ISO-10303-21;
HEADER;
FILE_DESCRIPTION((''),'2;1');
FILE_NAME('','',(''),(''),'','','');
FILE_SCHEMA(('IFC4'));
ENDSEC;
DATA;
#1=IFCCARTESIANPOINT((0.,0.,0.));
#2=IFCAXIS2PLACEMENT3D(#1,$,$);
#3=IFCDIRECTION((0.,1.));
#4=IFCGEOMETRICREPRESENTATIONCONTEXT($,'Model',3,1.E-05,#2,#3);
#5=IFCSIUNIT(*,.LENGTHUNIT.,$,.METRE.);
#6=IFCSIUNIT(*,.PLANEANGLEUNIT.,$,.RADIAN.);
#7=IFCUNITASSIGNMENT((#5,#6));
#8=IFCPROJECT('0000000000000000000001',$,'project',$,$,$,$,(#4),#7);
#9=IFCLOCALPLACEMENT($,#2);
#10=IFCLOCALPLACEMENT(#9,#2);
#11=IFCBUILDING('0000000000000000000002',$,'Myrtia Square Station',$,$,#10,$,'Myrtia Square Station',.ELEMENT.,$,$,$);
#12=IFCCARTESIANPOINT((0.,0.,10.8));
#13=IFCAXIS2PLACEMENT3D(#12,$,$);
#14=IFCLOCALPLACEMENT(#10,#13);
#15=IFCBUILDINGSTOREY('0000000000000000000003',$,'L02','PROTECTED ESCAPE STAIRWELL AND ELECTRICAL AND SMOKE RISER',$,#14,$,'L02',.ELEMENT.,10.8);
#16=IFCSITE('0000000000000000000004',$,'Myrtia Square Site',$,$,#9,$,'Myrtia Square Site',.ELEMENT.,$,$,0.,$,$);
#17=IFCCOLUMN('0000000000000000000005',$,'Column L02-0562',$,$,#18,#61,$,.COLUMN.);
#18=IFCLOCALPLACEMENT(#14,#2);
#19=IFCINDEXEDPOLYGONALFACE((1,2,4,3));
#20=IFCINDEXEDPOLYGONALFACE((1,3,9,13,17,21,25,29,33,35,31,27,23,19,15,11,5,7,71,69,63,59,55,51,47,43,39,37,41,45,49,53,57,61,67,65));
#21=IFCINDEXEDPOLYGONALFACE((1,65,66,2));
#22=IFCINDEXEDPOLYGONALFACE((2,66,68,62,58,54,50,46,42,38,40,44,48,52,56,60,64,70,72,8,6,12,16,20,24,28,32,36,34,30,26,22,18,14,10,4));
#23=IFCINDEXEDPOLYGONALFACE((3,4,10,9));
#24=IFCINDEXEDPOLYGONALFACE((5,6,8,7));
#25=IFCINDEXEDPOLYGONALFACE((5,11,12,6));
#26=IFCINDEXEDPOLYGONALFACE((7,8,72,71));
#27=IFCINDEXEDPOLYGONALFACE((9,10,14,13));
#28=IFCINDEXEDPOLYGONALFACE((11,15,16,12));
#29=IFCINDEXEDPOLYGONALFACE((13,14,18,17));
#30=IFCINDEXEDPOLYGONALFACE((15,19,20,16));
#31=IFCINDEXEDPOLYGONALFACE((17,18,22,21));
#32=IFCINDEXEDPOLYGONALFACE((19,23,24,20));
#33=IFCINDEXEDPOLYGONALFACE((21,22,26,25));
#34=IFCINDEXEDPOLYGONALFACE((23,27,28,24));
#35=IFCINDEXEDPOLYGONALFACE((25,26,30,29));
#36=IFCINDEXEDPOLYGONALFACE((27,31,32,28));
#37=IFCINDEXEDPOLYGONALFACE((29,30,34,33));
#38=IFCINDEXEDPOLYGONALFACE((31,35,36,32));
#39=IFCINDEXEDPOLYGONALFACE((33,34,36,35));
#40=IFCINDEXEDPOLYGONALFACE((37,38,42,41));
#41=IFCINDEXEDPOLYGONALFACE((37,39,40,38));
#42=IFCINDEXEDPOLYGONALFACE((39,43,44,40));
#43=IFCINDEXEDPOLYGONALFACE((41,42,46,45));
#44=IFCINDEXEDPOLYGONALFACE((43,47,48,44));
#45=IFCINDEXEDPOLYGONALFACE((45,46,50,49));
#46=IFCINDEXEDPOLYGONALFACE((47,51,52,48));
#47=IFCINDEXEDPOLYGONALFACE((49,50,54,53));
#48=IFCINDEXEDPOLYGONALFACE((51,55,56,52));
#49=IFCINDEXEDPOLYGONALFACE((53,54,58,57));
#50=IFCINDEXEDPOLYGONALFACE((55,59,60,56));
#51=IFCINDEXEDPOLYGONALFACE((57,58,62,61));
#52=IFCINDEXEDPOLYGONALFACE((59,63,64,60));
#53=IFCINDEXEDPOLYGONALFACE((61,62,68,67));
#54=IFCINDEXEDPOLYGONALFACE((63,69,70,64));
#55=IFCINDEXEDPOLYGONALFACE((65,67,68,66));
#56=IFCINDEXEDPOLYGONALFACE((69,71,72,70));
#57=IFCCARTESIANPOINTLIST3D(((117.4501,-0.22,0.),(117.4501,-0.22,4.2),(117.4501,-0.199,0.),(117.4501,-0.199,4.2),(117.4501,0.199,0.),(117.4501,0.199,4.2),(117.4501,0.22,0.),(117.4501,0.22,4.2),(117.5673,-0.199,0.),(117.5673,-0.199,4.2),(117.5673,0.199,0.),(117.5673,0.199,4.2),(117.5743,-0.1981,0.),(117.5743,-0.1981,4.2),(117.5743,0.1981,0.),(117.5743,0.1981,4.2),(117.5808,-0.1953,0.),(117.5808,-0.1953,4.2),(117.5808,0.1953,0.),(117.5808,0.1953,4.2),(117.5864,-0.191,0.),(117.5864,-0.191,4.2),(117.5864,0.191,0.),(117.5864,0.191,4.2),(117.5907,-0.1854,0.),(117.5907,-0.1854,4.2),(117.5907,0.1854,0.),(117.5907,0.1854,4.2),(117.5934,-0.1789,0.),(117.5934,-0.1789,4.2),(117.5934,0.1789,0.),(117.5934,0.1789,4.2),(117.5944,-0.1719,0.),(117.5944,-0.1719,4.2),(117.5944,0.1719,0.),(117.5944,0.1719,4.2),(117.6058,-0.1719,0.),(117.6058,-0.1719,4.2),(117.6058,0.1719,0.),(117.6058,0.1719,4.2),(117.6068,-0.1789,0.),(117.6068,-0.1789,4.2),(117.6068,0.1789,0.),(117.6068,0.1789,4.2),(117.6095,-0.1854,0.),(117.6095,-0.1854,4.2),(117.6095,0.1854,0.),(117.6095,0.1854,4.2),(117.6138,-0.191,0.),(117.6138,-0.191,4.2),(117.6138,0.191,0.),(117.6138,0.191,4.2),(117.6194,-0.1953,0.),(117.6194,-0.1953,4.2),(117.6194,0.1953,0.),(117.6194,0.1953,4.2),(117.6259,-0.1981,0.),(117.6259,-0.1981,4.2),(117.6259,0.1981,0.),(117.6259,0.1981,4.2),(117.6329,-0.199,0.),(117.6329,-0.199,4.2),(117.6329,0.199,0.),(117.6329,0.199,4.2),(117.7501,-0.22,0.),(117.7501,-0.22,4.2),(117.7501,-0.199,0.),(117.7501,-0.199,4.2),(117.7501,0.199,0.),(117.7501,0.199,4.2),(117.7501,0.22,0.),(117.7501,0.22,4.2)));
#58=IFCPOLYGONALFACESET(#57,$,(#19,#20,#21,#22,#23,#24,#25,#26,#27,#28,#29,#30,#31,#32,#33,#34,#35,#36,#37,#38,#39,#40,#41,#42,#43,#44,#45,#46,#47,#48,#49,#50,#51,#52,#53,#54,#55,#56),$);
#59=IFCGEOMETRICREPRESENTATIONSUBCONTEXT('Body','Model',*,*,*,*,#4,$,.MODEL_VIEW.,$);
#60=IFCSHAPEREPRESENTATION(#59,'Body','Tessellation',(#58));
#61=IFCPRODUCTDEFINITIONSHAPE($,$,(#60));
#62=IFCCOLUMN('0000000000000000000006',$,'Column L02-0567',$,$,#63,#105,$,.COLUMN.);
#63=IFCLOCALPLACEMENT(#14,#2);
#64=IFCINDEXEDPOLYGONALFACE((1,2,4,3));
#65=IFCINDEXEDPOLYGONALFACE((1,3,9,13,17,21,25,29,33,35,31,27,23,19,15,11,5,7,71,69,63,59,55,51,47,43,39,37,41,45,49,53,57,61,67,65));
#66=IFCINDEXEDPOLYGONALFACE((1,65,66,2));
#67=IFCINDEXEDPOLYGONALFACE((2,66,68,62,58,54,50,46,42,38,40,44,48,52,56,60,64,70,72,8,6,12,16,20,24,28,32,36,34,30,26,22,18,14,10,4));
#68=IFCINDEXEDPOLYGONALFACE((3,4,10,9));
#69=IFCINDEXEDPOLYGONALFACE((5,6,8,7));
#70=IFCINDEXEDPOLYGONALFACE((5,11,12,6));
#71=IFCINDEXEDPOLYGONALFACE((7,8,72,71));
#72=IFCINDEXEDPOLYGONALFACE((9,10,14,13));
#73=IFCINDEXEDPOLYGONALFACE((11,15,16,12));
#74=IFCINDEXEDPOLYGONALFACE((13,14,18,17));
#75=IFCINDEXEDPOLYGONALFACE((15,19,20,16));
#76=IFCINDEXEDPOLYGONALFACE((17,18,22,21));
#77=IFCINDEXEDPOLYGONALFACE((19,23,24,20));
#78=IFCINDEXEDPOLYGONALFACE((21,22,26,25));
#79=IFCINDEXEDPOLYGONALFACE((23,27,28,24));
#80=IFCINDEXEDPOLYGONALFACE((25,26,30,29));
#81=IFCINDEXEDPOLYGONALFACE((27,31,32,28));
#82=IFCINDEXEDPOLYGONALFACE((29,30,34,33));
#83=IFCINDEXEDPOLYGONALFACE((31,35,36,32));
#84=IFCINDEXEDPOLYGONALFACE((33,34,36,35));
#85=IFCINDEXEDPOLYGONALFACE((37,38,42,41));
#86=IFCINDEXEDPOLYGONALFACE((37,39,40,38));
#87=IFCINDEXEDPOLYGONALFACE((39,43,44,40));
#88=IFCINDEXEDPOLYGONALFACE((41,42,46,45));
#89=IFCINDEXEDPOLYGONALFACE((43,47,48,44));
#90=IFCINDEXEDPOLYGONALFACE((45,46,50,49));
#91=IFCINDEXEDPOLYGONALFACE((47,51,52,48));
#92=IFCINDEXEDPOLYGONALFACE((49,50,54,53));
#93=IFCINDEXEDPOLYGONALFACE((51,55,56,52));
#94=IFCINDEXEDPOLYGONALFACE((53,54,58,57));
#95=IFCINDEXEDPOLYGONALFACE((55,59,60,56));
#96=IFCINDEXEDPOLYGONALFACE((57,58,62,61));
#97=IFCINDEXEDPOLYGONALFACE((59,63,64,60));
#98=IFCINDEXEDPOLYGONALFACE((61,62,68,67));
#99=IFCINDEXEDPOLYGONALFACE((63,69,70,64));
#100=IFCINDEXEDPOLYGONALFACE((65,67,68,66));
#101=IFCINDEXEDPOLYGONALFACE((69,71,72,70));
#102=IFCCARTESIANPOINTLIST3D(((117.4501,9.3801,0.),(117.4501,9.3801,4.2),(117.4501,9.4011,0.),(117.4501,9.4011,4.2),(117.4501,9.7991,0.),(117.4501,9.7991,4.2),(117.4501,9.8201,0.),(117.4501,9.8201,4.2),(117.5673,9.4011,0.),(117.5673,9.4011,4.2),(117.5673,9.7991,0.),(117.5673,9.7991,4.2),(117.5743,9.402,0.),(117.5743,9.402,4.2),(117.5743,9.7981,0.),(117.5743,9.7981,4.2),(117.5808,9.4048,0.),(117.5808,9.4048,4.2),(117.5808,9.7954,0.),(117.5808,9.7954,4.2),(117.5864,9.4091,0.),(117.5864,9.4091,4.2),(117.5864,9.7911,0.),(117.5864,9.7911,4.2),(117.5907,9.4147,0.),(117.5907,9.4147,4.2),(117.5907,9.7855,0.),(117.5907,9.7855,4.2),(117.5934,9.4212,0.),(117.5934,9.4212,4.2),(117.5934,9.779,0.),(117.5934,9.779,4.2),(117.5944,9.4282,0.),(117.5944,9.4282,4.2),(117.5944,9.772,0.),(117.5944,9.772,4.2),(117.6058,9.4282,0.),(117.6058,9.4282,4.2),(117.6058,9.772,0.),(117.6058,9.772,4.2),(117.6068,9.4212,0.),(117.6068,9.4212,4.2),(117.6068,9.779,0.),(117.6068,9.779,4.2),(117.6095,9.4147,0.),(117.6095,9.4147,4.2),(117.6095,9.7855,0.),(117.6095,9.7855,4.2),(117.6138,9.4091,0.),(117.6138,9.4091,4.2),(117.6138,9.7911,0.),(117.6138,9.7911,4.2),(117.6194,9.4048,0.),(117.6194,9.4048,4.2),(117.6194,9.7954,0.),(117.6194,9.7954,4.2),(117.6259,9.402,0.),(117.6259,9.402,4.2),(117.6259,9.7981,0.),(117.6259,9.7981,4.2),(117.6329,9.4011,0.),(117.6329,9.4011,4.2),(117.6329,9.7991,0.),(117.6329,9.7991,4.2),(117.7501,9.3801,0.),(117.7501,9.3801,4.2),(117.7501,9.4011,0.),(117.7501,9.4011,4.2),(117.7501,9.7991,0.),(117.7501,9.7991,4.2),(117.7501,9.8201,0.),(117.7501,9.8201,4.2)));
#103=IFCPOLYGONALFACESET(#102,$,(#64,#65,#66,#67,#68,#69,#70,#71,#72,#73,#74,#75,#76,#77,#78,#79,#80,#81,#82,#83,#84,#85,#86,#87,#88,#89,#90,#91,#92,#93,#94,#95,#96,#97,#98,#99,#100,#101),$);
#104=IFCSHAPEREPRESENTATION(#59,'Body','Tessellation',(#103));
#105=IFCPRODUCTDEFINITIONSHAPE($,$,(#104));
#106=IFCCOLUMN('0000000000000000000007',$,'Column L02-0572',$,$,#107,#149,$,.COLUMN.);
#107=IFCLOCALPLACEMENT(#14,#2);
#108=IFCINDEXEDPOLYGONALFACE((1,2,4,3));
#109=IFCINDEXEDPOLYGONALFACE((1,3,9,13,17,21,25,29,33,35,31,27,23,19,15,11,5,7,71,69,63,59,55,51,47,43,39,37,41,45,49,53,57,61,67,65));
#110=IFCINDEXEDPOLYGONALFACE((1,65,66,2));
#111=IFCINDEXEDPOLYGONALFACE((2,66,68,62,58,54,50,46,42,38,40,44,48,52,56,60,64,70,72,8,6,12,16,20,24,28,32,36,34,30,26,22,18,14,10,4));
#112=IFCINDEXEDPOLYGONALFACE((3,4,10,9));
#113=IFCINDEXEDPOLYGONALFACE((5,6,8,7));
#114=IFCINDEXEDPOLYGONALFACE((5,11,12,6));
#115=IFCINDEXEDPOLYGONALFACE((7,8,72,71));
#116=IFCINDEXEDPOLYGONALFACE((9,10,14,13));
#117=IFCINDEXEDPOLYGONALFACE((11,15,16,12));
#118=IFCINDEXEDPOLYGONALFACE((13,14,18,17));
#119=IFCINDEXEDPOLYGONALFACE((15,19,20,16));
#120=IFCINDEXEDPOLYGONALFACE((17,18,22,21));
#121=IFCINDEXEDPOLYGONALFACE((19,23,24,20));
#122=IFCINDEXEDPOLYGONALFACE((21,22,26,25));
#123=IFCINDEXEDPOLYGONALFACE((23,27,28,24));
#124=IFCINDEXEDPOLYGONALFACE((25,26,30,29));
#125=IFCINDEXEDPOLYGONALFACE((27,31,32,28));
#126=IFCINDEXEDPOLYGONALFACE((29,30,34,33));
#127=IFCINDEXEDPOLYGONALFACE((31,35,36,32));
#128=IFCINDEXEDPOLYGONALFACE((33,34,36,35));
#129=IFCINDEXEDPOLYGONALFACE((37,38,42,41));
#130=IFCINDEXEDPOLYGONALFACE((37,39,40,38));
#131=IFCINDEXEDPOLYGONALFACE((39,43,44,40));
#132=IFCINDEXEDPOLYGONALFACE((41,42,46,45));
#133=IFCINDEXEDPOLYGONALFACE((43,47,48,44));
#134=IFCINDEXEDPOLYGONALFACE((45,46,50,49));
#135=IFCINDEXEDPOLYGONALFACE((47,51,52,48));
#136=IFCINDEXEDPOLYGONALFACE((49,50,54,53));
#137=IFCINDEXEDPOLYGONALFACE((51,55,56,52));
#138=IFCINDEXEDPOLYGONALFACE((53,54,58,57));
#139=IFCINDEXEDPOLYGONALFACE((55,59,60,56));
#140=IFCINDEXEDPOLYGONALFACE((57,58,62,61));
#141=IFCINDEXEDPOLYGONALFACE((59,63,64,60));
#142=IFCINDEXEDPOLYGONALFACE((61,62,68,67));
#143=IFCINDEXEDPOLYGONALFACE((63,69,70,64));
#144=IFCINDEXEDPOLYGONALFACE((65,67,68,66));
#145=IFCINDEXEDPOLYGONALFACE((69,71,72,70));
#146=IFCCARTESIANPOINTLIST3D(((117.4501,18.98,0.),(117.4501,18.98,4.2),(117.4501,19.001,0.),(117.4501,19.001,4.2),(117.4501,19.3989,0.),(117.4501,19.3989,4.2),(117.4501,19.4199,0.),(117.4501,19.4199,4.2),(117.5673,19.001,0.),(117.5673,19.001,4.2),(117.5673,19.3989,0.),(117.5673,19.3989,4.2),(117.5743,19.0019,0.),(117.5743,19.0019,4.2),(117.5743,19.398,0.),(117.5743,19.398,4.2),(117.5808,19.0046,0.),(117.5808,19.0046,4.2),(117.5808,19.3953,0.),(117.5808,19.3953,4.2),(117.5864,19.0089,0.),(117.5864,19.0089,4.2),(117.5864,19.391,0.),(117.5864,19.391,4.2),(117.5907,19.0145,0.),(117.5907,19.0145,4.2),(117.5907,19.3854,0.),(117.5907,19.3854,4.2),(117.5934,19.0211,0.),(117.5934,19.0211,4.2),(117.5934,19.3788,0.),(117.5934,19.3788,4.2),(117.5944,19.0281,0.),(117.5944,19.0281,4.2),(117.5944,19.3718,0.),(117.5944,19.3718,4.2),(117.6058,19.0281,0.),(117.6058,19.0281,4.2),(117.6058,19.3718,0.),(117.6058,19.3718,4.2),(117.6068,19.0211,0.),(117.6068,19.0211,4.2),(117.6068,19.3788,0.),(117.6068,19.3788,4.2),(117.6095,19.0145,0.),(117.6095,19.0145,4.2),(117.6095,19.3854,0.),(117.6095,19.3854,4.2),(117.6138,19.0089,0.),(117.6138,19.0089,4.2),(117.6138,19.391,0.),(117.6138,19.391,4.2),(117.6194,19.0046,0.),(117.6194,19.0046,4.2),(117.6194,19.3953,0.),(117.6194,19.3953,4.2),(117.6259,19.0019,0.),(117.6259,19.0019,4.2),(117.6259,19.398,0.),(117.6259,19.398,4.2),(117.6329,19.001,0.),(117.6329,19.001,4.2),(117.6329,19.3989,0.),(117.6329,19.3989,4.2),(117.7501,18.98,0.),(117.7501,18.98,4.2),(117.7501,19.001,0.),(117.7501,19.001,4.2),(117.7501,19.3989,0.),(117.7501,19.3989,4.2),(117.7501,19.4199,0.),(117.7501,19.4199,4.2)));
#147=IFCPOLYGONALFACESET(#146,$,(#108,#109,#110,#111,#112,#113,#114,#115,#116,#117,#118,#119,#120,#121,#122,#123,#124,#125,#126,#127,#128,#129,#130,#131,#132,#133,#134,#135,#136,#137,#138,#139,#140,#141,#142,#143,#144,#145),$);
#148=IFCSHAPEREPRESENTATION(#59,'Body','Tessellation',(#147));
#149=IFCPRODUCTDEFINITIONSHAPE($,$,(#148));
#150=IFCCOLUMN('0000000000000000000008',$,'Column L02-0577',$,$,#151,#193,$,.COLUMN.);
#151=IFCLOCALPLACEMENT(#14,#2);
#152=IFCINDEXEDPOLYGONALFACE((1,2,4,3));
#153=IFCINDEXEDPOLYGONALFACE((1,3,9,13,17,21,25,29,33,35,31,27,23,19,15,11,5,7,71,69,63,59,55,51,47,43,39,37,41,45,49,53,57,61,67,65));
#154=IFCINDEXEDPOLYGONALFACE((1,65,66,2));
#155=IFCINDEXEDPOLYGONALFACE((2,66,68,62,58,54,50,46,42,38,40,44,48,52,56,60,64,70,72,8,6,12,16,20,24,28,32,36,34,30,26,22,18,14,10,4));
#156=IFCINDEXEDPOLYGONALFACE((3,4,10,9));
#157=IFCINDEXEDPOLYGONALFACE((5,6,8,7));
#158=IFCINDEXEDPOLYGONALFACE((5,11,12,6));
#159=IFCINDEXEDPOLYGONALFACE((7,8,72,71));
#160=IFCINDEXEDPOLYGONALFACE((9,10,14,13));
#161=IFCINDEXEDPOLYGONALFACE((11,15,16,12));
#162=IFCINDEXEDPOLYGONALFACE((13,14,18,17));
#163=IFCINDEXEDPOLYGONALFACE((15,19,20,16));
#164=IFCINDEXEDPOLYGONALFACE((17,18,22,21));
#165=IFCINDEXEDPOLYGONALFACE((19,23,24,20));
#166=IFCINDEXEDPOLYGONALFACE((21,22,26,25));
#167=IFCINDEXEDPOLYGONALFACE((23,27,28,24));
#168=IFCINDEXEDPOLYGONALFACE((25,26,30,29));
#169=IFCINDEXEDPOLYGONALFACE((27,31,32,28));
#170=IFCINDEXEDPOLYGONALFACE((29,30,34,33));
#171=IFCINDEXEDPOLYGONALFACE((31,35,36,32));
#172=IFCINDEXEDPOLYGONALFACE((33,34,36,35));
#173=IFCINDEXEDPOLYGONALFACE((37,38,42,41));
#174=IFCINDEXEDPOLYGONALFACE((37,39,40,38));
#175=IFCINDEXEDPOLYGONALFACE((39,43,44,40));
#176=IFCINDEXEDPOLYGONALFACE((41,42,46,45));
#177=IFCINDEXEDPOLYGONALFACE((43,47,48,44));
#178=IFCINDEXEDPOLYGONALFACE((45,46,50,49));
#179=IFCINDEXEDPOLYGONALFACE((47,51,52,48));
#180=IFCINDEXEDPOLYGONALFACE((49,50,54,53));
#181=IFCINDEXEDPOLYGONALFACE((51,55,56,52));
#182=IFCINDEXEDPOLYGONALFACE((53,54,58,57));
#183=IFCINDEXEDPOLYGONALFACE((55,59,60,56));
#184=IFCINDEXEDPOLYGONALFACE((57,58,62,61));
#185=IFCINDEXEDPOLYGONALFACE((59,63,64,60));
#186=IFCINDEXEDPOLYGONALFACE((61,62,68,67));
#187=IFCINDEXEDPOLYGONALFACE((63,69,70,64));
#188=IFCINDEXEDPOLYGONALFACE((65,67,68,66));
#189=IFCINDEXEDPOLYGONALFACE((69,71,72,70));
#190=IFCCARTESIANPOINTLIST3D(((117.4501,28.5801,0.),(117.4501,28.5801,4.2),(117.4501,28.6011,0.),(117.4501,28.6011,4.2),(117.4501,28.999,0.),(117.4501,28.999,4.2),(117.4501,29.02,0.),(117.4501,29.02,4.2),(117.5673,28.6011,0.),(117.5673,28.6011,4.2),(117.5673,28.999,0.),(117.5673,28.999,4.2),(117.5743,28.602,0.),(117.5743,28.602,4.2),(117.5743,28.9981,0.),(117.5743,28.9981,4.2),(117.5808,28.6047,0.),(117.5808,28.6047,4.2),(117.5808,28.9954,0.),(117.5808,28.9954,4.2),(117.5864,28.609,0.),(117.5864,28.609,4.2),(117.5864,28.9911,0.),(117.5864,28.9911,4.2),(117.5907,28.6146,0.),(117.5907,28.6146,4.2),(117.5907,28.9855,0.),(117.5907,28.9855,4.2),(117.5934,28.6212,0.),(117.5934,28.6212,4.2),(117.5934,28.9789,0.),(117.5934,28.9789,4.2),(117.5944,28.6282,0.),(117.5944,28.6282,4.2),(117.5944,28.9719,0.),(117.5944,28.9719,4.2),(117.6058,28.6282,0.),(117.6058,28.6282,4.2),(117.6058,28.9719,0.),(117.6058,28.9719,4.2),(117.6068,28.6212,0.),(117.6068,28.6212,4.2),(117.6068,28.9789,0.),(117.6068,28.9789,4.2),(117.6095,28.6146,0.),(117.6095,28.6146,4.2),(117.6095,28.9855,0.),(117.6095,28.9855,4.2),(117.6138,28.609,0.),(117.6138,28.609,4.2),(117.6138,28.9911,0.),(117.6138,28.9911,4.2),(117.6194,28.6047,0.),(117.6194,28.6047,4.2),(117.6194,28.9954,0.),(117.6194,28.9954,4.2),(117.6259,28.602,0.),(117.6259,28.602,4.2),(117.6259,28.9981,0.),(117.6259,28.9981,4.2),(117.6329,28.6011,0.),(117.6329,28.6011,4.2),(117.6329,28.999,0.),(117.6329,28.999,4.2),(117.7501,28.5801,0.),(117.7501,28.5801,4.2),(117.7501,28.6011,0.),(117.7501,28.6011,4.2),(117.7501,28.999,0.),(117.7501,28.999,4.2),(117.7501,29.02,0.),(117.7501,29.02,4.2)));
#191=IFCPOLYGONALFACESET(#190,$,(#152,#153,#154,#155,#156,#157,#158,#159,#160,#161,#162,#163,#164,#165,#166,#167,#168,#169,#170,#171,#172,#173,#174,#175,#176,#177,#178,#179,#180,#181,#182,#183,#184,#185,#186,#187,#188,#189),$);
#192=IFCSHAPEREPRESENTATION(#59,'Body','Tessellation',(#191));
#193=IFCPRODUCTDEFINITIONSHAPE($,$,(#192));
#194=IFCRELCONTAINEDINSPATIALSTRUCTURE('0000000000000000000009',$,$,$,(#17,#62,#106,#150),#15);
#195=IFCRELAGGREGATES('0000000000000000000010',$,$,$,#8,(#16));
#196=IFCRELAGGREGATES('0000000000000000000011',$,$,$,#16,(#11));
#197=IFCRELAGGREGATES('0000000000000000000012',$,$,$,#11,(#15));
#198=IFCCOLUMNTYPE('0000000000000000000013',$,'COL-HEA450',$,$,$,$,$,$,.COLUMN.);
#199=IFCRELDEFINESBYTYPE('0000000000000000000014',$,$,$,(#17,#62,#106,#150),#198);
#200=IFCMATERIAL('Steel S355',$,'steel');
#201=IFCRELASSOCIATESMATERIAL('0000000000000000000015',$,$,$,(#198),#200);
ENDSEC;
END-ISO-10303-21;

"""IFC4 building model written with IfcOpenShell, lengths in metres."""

from ifc_helpers import new_model, si_unit, direction, frame, origin, origin_2d, place, context, subcontext, project, spatial, i_section, extrude, material, material_profile, profile_set, type_object, element, save


model = new_model("IFC4")

# Units and contexts
model_context = context("Model", 3, precision=1e-05, world=origin(), true_north=direction((0.0, 1.0)))
body_context = subcontext(model_context, "Body", "Model", "MODEL_VIEW")
ifc_project = project(units=[si_unit("LENGTHUNIT", "METRE"), si_unit("PLANEANGLEUNIT", "RADIAN")], contexts=[model_context])

# Site, building, storey
site_placement = place(None, origin())
site = spatial("IfcSite", under=ifc_project, at=site_placement, Name="Myrtia Square Site", LongName="Myrtia Square Site", CompositionType="ELEMENT", RefElevation=0.0)
building_placement = place(site_placement, origin())
building = spatial("IfcBuilding", under=site, at=building_placement, Name="Myrtia Square Station", LongName="Myrtia Square Station", CompositionType="ELEMENT")
storey_placement = place(building_placement, frame((0.0, 0.0, 10.8)))
storey = spatial("IfcBuildingStorey", under=building, at=storey_placement, Name="L02", Description="PROTECTED ESCAPE STAIRWELL AND ELECTRICAL AND SMOKE RISER", LongName="L02", CompositionType="ELEMENT", Elevation=10.8)

# Columns
ifc_material_1 = material(Name="Steel S355", Category="steel")
ifc_material_profile_1 = material_profile(ifc_material_1, i_section(OverallWidth=0.3, OverallDepth=0.4399, WebThickness=0.0115, FlangeThickness=0.021, FilletRadius=0.0271, at=origin_2d()), Name="HEA 450")
ifc_profile_set_1 = profile_set([ifc_material_profile_1], Name="Steel S355")
column_type_1 = type_object("IfcColumnType", Name="COL-HEA450", PredefinedType="COLUMN", material=ifc_profile_set_1)
for number, where, z_axis, x_axis, name in (
    (1, (117.6001, 0.0, 0.0), (0.0, 0.0, 1.0), (1.0, 0.0, 0.0), "Column L02-0562"),
    (2, (117.6001, 9.6001, 0.0), (0.0, 0.0, 1.0), (1.0, 0.0, 0.0), "Column L02-0567"),
    (3, (117.6001, 19.2, 0.0), (0.0, 0.0, 1.0), (1.0, 0.0, 0.0), "Column L02-0572"),
    (4, (117.6001, 28.8, 0.0), (0.0, 0.0, 1.0), (1.0, 0.0, 0.0), "Column L02-0577"),
):
    element("IfcColumn", number, at=place(storey_placement, frame(where, z_axis=z_axis, x_axis=x_axis)), inside=storey, type_object=column_type_1, Name=name, PredefinedType="COLUMN", context=body_context, shape_type="SweptSolid", body=[
        extrude(i_section(OverallWidth=0.3, OverallDepth=0.4399, WebThickness=0.0115, FlangeThickness=0.021, FilletRadius=0.0271, at=origin_2d()), origin(), (0.0, 0.0, 1.0), 4.2),
    ])

save(model, "model.ifc")
